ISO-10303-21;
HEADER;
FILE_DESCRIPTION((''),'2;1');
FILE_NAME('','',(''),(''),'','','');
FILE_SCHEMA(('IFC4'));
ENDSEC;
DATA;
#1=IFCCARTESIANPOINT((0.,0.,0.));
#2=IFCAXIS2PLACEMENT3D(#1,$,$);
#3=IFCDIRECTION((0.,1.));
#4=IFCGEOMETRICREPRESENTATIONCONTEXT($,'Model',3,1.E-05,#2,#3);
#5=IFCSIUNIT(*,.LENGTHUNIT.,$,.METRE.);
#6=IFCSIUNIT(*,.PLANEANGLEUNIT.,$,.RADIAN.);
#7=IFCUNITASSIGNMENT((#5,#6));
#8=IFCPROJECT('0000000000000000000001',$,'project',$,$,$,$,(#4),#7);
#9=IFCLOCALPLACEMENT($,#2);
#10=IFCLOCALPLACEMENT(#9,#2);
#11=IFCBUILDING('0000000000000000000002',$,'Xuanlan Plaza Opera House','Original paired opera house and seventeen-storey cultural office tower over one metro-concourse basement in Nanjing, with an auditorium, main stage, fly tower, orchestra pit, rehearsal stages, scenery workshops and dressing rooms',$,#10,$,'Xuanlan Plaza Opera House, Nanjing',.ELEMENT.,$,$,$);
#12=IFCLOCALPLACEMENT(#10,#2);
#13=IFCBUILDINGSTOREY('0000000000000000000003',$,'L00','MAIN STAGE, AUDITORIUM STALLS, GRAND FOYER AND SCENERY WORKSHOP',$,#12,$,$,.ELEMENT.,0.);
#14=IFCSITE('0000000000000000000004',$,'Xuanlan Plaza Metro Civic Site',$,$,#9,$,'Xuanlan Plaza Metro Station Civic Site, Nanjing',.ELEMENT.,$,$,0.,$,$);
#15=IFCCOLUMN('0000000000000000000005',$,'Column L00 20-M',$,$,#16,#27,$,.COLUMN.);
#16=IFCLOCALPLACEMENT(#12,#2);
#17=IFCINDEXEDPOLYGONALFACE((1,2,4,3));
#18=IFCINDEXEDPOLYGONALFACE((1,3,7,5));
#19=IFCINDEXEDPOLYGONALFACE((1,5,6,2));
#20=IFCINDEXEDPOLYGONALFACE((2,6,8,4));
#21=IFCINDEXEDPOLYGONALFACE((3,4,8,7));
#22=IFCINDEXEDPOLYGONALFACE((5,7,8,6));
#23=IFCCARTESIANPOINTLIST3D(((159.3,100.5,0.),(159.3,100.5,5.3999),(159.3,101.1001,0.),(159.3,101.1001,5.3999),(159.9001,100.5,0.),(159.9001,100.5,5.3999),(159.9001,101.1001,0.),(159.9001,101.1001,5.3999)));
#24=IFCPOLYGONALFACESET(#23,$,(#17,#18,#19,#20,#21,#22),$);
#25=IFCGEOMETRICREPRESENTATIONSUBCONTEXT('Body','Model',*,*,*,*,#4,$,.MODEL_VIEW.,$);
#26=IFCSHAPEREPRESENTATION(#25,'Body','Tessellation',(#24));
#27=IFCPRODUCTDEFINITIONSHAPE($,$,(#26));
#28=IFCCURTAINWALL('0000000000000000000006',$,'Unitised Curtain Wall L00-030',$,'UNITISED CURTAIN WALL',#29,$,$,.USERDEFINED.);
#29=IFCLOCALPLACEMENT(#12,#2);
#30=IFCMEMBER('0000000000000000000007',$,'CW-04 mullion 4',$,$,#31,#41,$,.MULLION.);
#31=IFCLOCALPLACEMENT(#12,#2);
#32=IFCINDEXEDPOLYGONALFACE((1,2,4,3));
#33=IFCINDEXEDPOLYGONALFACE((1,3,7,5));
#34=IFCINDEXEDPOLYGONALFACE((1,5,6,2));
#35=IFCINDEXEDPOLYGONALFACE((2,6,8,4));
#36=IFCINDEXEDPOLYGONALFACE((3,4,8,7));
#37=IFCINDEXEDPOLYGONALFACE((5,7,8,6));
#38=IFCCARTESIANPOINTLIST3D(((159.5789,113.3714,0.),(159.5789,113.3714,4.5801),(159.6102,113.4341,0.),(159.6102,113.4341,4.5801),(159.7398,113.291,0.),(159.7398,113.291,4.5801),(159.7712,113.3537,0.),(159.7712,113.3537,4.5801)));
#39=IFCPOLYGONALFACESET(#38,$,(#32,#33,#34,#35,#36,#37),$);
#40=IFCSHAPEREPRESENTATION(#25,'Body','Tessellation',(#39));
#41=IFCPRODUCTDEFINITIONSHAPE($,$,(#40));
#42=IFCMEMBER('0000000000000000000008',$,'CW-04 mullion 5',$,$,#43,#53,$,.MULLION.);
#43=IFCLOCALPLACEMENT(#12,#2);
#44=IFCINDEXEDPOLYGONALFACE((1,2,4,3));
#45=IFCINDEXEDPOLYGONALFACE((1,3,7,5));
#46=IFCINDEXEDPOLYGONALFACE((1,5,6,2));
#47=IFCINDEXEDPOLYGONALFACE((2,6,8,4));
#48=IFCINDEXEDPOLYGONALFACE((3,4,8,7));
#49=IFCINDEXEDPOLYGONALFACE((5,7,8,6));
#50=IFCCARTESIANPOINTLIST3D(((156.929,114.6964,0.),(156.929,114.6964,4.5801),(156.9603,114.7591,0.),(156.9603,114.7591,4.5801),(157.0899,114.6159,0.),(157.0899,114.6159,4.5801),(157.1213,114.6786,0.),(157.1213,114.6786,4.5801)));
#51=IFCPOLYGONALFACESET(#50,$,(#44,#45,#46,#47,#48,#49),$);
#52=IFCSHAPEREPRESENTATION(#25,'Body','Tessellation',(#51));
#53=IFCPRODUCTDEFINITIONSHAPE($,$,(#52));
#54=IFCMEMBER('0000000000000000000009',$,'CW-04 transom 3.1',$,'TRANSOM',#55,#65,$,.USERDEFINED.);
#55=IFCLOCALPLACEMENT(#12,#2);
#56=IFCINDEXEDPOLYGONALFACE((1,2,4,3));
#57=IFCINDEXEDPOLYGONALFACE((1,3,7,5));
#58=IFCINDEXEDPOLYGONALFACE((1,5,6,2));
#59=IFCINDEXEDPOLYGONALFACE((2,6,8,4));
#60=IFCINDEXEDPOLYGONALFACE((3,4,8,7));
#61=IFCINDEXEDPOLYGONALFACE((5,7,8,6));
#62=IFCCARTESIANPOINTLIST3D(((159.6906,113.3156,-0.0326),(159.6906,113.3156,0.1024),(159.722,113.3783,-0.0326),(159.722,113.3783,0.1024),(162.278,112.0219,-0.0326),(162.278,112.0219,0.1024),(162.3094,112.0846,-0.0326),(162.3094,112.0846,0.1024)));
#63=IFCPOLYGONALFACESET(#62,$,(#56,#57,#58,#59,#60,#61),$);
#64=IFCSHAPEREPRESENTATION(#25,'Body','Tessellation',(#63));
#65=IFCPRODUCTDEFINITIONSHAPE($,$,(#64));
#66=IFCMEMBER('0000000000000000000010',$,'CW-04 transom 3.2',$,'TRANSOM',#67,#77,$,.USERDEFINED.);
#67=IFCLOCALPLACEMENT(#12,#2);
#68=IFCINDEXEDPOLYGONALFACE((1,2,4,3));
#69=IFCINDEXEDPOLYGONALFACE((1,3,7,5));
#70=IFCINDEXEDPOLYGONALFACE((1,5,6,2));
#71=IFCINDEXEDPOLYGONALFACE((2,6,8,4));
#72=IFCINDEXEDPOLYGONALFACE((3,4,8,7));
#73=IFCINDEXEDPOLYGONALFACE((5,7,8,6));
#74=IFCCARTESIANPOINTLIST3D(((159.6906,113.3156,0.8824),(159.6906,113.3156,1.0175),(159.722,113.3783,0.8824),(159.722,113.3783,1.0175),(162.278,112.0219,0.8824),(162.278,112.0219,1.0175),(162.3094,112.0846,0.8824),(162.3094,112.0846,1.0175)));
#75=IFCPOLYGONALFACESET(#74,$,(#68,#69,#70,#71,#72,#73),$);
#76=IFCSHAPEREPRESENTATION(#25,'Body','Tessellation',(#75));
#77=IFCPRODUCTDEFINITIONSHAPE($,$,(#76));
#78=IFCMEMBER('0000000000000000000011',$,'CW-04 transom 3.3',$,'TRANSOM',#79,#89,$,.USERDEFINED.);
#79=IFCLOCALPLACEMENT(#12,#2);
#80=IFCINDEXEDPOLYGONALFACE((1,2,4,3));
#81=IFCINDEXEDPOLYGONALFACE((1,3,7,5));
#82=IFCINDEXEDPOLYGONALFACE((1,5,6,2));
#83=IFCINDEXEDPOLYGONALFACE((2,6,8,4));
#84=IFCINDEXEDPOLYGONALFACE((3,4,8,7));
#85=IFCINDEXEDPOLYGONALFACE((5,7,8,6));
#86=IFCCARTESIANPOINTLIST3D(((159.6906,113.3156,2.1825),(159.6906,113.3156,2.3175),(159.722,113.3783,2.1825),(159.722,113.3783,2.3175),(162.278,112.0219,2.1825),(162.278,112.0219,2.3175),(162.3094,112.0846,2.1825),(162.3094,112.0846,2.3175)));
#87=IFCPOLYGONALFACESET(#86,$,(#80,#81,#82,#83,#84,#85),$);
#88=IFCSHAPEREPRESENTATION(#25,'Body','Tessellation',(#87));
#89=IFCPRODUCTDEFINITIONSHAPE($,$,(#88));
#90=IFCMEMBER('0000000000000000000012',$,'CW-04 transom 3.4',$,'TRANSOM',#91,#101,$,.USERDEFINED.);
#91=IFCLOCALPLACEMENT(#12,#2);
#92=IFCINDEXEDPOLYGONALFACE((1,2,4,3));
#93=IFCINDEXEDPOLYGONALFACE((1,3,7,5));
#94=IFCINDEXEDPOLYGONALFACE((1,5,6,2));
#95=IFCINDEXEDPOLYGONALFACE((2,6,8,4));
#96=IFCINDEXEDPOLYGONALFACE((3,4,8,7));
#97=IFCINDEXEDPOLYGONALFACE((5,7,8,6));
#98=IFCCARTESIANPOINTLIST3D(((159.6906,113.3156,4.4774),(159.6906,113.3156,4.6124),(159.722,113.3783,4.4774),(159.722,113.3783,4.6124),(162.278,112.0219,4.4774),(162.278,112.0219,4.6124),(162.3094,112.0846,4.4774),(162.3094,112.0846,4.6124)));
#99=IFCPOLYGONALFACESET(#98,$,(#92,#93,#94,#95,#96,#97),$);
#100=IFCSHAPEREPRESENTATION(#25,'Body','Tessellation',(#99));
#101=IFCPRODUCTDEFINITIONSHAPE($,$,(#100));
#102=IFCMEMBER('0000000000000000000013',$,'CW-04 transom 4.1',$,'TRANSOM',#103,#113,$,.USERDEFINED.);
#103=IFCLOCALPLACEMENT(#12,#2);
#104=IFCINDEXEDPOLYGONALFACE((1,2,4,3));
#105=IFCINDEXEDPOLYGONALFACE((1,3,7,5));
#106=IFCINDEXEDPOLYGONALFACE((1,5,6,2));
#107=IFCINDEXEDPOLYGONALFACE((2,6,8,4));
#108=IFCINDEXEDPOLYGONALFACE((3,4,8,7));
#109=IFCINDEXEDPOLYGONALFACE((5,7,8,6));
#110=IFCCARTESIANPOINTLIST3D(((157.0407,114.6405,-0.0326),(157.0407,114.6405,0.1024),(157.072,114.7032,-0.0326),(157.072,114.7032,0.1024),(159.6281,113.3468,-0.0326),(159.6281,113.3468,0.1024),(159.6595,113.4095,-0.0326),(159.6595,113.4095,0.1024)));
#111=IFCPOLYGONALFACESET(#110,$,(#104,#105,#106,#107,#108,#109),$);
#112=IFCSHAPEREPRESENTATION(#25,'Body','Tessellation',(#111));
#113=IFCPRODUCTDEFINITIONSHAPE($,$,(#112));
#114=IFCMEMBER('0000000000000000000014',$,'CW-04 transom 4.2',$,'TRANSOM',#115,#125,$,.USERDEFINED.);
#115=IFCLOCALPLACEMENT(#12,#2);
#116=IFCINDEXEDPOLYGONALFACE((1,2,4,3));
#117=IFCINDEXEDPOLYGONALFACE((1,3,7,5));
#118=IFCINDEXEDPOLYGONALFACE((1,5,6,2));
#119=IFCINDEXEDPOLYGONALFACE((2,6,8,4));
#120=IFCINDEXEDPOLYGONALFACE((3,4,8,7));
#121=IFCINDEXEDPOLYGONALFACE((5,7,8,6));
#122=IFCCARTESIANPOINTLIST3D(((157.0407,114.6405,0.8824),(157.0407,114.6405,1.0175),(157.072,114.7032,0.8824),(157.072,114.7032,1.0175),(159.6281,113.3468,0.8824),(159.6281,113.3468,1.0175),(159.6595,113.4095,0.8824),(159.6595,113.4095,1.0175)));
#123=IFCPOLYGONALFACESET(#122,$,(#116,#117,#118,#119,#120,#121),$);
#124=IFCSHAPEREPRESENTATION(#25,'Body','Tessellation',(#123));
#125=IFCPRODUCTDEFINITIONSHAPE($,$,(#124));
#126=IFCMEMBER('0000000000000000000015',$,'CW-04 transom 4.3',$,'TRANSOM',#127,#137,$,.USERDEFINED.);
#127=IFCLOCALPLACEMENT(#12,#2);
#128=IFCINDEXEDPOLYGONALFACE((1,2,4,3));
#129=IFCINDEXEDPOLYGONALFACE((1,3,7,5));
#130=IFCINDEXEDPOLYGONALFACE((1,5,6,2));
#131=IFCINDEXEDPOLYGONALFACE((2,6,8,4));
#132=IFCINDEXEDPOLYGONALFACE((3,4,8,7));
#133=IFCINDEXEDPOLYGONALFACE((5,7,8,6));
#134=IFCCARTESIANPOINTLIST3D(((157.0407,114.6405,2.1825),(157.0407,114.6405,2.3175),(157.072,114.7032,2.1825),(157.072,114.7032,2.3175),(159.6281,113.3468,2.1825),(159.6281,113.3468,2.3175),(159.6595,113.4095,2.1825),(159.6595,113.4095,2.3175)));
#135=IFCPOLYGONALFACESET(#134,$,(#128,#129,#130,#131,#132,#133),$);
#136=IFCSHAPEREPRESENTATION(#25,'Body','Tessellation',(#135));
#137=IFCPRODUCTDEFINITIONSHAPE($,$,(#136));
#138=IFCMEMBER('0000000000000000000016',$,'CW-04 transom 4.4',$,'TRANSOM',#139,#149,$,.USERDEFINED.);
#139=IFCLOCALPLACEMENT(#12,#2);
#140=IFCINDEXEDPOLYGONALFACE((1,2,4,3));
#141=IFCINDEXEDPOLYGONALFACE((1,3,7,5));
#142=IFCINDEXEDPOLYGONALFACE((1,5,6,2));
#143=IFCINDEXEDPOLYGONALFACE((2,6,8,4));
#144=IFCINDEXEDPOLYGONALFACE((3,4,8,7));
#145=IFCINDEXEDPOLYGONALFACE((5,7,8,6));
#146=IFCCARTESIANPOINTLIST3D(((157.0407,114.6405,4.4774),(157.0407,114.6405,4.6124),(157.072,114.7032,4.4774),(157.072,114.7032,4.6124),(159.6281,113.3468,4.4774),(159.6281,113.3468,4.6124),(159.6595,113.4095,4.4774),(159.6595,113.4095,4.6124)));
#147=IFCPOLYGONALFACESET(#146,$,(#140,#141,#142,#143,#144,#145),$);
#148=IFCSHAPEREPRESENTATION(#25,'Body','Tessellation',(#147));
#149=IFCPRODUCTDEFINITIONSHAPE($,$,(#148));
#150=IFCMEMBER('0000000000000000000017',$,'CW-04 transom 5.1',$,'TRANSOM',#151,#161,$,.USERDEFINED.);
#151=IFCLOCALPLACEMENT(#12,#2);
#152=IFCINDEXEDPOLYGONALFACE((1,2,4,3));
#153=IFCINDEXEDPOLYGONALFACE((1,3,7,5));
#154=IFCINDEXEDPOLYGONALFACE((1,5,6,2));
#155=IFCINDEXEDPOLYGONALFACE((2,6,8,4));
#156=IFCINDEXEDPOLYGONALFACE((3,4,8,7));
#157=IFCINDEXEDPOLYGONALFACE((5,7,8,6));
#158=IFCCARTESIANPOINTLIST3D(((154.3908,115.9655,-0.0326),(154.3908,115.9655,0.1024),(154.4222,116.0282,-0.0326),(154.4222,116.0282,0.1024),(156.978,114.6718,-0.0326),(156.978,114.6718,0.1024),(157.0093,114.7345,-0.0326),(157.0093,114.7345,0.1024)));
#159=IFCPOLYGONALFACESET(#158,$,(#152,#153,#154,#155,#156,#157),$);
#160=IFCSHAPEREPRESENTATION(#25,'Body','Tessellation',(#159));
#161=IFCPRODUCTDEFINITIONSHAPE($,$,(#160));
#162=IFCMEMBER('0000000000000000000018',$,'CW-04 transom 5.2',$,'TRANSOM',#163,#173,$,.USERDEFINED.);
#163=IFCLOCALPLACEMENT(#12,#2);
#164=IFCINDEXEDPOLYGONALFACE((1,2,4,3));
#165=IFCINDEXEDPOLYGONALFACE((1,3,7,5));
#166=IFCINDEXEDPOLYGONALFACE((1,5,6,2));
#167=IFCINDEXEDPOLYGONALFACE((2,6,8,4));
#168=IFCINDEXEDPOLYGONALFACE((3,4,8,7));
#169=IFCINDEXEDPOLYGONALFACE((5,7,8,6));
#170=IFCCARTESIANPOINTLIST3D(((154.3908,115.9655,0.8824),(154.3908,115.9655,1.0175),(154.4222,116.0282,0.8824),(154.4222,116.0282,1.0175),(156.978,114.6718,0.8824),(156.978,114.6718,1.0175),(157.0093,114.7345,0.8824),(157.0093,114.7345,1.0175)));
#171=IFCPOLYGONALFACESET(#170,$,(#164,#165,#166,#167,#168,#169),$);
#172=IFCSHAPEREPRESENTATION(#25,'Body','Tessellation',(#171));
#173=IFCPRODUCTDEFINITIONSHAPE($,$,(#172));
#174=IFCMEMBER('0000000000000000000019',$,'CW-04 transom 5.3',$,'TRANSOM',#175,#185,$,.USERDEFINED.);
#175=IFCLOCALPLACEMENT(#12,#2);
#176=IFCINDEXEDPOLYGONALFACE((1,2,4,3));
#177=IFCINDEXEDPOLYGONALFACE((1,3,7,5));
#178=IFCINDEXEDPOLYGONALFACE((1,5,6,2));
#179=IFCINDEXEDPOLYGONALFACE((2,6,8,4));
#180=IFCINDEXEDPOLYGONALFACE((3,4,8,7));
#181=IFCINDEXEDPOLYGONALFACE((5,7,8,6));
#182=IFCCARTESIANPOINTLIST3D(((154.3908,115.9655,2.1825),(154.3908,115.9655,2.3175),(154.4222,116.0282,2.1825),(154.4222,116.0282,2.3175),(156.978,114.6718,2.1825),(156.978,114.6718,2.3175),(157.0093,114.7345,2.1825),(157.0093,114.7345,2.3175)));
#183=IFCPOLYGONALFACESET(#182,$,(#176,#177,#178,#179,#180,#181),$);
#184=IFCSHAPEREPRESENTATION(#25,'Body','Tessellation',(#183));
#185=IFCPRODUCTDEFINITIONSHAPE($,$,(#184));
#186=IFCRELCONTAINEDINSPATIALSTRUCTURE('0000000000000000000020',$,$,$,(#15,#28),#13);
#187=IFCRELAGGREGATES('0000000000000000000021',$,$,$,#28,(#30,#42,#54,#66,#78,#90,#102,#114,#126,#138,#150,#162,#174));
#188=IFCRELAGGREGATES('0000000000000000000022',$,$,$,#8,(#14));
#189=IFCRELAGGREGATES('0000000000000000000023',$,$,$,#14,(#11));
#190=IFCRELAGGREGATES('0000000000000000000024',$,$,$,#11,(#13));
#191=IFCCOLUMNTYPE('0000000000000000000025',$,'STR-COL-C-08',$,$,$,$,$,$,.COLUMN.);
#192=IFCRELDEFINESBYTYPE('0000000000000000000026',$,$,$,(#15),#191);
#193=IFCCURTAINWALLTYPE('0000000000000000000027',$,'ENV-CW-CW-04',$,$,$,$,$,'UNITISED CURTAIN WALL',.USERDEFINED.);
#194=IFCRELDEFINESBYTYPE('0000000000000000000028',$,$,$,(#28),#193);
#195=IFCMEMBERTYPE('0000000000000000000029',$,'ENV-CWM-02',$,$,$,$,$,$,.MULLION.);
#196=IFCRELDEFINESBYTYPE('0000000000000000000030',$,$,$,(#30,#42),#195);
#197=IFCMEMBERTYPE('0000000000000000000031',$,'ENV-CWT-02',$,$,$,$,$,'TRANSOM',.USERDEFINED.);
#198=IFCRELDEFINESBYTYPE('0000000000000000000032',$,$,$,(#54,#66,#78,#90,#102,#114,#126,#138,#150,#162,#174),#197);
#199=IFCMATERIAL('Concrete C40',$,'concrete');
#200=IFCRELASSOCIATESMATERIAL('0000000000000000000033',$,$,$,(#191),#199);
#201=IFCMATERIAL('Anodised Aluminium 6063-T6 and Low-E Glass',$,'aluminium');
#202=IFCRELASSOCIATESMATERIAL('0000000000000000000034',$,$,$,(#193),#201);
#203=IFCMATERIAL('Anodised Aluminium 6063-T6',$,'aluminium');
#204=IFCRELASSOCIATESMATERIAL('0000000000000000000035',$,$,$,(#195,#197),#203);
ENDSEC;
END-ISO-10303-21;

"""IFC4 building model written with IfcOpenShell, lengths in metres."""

from ifc_helpers import new_model, si_unit, direction, frame, origin, origin_2d, place, context, subcontext, project, spatial, rectangle, extrude, material, material_profile, profile_set, type_object, element, aggregate, save


model = new_model("IFC4")

# Units and contexts
model_context = context("Model", 3, precision=1e-05, world=origin(), true_north=direction((0.0, 1.0)))
body_context = subcontext(model_context, "Body", "Model", "MODEL_VIEW")
ifc_project = project(units=[si_unit("LENGTHUNIT", "METRE"), si_unit("PLANEANGLEUNIT", "RADIAN")], contexts=[model_context])

# Site, building, storey
site_placement = place(None, origin())
site = spatial("IfcSite", under=ifc_project, at=site_placement, Name="Xuanlan Plaza Metro Civic Site", LongName="Xuanlan Plaza Metro Station Civic Site, Nanjing", CompositionType="ELEMENT", RefElevation=0.0)
building_placement = place(site_placement, origin())
building = spatial("IfcBuilding", under=site, at=building_placement, Name="Xuanlan Plaza Opera House", Description="Original paired opera house and seventeen-storey cultural office tower over one metro-concourse basement in Nanjing, with an auditorium, main stage, fly tower, orchestra pit, rehearsal stages, scenery workshops and dressing rooms", LongName="Xuanlan Plaza Opera House, Nanjing", CompositionType="ELEMENT")
storey_placement = place(building_placement, origin())
storey = spatial("IfcBuildingStorey", under=building, at=storey_placement, Name="L00", Description="MAIN STAGE, AUDITORIUM STALLS, GRAND FOYER AND SCENERY WORKSHOP", CompositionType="ELEMENT", Elevation=0.0)

# Column
ifc_material_1 = material(Name="Concrete C40", Category="concrete")
ifc_material_profile_1 = material_profile(ifc_material_1, rectangle(XDim=0.6001, YDim=0.6001, at=origin_2d()), Name="RC-COL 600x600")
ifc_profile_set_1 = profile_set([ifc_material_profile_1], Name="Concrete C40")
column_type = type_object("IfcColumnType", Name="STR-COL-C-08", PredefinedType="COLUMN", material=ifc_profile_set_1)
column_placement = place(storey_placement, frame((159.6001, 100.8, 0.0), z_axis=(0.0, 0.0, 1.0), x_axis=(1.0, 0.0, 0.0)))
element("IfcColumn", 1, at=column_placement, inside=storey, type_object=column_type, Name="Column L00 20-M", PredefinedType="COLUMN", context=body_context, shape_type="SweptSolid", body=[
    extrude(rectangle(XDim=0.6001, YDim=0.6001, at=origin_2d()), origin(), (0.0, 0.0, 1.0), 5.3999),
])

# Curtain wall, members
ifc_material_2 = material(Name="Anodised Aluminium 6063-T6 and Low-E Glass", Category="aluminium")
curtain_wall_type = type_object("IfcCurtainWallType", Name="ENV-CW-CW-04", ElementType="UNITISED CURTAIN WALL", PredefinedType="USERDEFINED", material=ifc_material_2)
curtain_wall_placement = place(storey_placement, origin())
curtain_wall = element("IfcCurtainWall", 2, at=curtain_wall_placement, inside=storey, type_object=curtain_wall_type, Name="Unitised Curtain Wall L00-030", ObjectType="UNITISED CURTAIN WALL", PredefinedType="USERDEFINED")
ifc_material_3 = material(Name="Anodised Aluminium 6063-T6", Category="aluminium")
ifc_material_profile_2 = material_profile(ifc_material_3, rectangle(XDim=0.0701, YDim=0.1799, at=origin_2d()), Name="ALU-M 70x180")
ifc_profile_set_2 = profile_set([ifc_material_profile_2], Name="Anodised Aluminium 6063-T6")
member_type_1 = type_object("IfcMemberType", Name="ENV-CWM-02", PredefinedType="MULLION", material=ifc_profile_set_2)
member_1_placement = place(storey_placement, frame((159.675, 113.3625, 0.0), z_axis=(0.0, 0.0, 1.0), x_axis=(-0.447214, -0.894427, 0.0)))
member_1 = element("IfcMember", 3, at=member_1_placement, type_object=member_type_1, Name="CW-04 mullion 4", PredefinedType="MULLION", context=body_context, shape_type="SweptSolid", body=[
    extrude(rectangle(XDim=0.0701, YDim=0.1799, at=origin_2d()), origin(), (0.0, 0.0, 1.0), 4.5801),
])
member_2_placement = place(storey_placement, frame((157.0251, 114.6875, 0.0), z_axis=(0.0, 0.0, 1.0), x_axis=(-0.447214, -0.894427, 0.0)))
member_2 = element("IfcMember", 4, at=member_2_placement, type_object=member_type_1, Name="CW-04 mullion 5", PredefinedType="MULLION", context=body_context, shape_type="SweptSolid", body=[
    extrude(rectangle(XDim=0.0701, YDim=0.1799, at=origin_2d()), origin(), (0.0, 0.0, 1.0), 4.5801),
])
ifc_material_profile_3 = material_profile(ifc_material_3, rectangle(XDim=0.0701, YDim=0.135, at=origin_2d()), Name="ALU-T 70x135")
ifc_profile_set_3 = profile_set([ifc_material_profile_3], Name="Anodised Aluminium 6063-T6")
member_type_2 = type_object("IfcMemberType", Name="ENV-CWT-02", ElementType="TRANSOM", PredefinedType="USERDEFINED", material=ifc_profile_set_3)
member_3_placement = place(storey_placement, frame((162.2937, 112.0532, 0.0349), z_axis=(-0.894427, 0.447214, 0.0), x_axis=(-0.447214, -0.894427, 0.0)))
member_3 = element("IfcMember", 5, at=member_3_placement, type_object=member_type_2, Name="CW-04 transom 3.1", ObjectType="TRANSOM", PredefinedType="USERDEFINED", context=body_context, shape_type="SweptSolid", body=[
    extrude(rectangle(XDim=0.0701, YDim=0.135, at=origin_2d()), origin(), (0.0, 0.0, 1.0), 2.8928),
])
member_4_placement = place(storey_placement, frame((162.2937, 112.0532, 0.95), z_axis=(-0.894427, 0.447214, 0.0), x_axis=(-0.447214, -0.894427, 0.0)))
member_4 = element("IfcMember", 6, at=member_4_placement, type_object=member_type_2, Name="CW-04 transom 3.2", ObjectType="TRANSOM", PredefinedType="USERDEFINED", context=body_context, shape_type="SweptSolid", body=[
    extrude(rectangle(XDim=0.0701, YDim=0.135, at=origin_2d()), origin(), (0.0, 0.0, 1.0), 2.8928),
])
member_5_placement = place(storey_placement, frame((162.2937, 112.0532, 2.25), z_axis=(-0.894427, 0.447214, 0.0), x_axis=(-0.447214, -0.894427, 0.0)))
member_5 = element("IfcMember", 7, at=member_5_placement, type_object=member_type_2, Name="CW-04 transom 3.3", ObjectType="TRANSOM", PredefinedType="USERDEFINED", context=body_context, shape_type="SweptSolid", body=[
    extrude(rectangle(XDim=0.0701, YDim=0.135, at=origin_2d()), origin(), (0.0, 0.0, 1.0), 2.8928),
])
member_6_placement = place(storey_placement, frame((162.2937, 112.0532, 4.5449), z_axis=(-0.894427, 0.447214, 0.0), x_axis=(-0.447214, -0.894427, 0.0)))
member_6 = element("IfcMember", 8, at=member_6_placement, type_object=member_type_2, Name="CW-04 transom 3.4", ObjectType="TRANSOM", PredefinedType="USERDEFINED", context=body_context, shape_type="SweptSolid", body=[
    extrude(rectangle(XDim=0.0701, YDim=0.135, at=origin_2d()), origin(), (0.0, 0.0, 1.0), 2.8928),
])
member_7_placement = place(storey_placement, frame((159.6438, 113.3782, 0.0349), z_axis=(-0.894427, 0.447214, 0.0), x_axis=(-0.447214, -0.894427, 0.0)))
member_7 = element("IfcMember", 9, at=member_7_placement, type_object=member_type_2, Name="CW-04 transom 4.1", ObjectType="TRANSOM", PredefinedType="USERDEFINED", context=body_context, shape_type="SweptSolid", body=[
    extrude(rectangle(XDim=0.0701, YDim=0.135, at=origin_2d()), origin(), (0.0, 0.0, 1.0), 2.8928),
])
member_8_placement = place(storey_placement, frame((159.6438, 113.3782, 0.95), z_axis=(-0.894427, 0.447214, 0.0), x_axis=(-0.447214, -0.894427, 0.0)))
member_8 = element("IfcMember", 10, at=member_8_placement, type_object=member_type_2, Name="CW-04 transom 4.2", ObjectType="TRANSOM", PredefinedType="USERDEFINED", context=body_context, shape_type="SweptSolid", body=[
    extrude(rectangle(XDim=0.0701, YDim=0.135, at=origin_2d()), origin(), (0.0, 0.0, 1.0), 2.8928),
])
member_9_placement = place(storey_placement, frame((159.6438, 113.3782, 2.25), z_axis=(-0.894427, 0.447214, 0.0), x_axis=(-0.447214, -0.894427, 0.0)))
member_9 = element("IfcMember", 11, at=member_9_placement, type_object=member_type_2, Name="CW-04 transom 4.3", ObjectType="TRANSOM", PredefinedType="USERDEFINED", context=body_context, shape_type="SweptSolid", body=[
    extrude(rectangle(XDim=0.0701, YDim=0.135, at=origin_2d()), origin(), (0.0, 0.0, 1.0), 2.8928),
])
member_10_placement = place(storey_placement, frame((159.6438, 113.3782, 4.5449), z_axis=(-0.894427, 0.447214, 0.0), x_axis=(-0.447214, -0.894427, 0.0)))
member_10 = element("IfcMember", 12, at=member_10_placement, type_object=member_type_2, Name="CW-04 transom 4.4", ObjectType="TRANSOM", PredefinedType="USERDEFINED", context=body_context, shape_type="SweptSolid", body=[
    extrude(rectangle(XDim=0.0701, YDim=0.135, at=origin_2d()), origin(), (0.0, 0.0, 1.0), 2.8928),
])
member_11_placement = place(storey_placement, frame((156.9937, 114.7031, 0.0349), z_axis=(-0.89441, 0.447247, 0.0), x_axis=(-0.447247, -0.89441, 0.0)))
member_11 = element("IfcMember", 13, at=member_11_placement, type_object=member_type_2, Name="CW-04 transom 5.1", ObjectType="TRANSOM", PredefinedType="USERDEFINED", context=body_context, shape_type="SweptSolid", body=[
    extrude(rectangle(XDim=0.0701, YDim=0.135, at=origin_2d()), origin(), (0.0, 0.0, 1.0), 2.8926),
])
member_12_placement = place(storey_placement, frame((156.9937, 114.7031, 0.95), z_axis=(-0.89441, 0.447247, 0.0), x_axis=(-0.447247, -0.89441, 0.0)))
member_12 = element("IfcMember", 14, at=member_12_placement, type_object=member_type_2, Name="CW-04 transom 5.2", ObjectType="TRANSOM", PredefinedType="USERDEFINED", context=body_context, shape_type="SweptSolid", body=[
    extrude(rectangle(XDim=0.0701, YDim=0.135, at=origin_2d()), origin(), (0.0, 0.0, 1.0), 2.8926),
])
member_13_placement = place(storey_placement, frame((156.9937, 114.7031, 2.25), z_axis=(-0.89441, 0.447247, 0.0), x_axis=(-0.447247, -0.89441, 0.0)))
member_13 = element("IfcMember", 15, at=member_13_placement, type_object=member_type_2, Name="CW-04 transom 5.3", ObjectType="TRANSOM", PredefinedType="USERDEFINED", context=body_context, shape_type="SweptSolid", body=[
    extrude(rectangle(XDim=0.0701, YDim=0.135, at=origin_2d()), origin(), (0.0, 0.0, 1.0), 2.8926),
])

aggregate(curtain_wall, [member_1, member_2, member_3, member_4, member_5, member_6, member_7, member_8, member_9, member_10, member_11, member_12, member_13])

save(model, "model.ifc")
